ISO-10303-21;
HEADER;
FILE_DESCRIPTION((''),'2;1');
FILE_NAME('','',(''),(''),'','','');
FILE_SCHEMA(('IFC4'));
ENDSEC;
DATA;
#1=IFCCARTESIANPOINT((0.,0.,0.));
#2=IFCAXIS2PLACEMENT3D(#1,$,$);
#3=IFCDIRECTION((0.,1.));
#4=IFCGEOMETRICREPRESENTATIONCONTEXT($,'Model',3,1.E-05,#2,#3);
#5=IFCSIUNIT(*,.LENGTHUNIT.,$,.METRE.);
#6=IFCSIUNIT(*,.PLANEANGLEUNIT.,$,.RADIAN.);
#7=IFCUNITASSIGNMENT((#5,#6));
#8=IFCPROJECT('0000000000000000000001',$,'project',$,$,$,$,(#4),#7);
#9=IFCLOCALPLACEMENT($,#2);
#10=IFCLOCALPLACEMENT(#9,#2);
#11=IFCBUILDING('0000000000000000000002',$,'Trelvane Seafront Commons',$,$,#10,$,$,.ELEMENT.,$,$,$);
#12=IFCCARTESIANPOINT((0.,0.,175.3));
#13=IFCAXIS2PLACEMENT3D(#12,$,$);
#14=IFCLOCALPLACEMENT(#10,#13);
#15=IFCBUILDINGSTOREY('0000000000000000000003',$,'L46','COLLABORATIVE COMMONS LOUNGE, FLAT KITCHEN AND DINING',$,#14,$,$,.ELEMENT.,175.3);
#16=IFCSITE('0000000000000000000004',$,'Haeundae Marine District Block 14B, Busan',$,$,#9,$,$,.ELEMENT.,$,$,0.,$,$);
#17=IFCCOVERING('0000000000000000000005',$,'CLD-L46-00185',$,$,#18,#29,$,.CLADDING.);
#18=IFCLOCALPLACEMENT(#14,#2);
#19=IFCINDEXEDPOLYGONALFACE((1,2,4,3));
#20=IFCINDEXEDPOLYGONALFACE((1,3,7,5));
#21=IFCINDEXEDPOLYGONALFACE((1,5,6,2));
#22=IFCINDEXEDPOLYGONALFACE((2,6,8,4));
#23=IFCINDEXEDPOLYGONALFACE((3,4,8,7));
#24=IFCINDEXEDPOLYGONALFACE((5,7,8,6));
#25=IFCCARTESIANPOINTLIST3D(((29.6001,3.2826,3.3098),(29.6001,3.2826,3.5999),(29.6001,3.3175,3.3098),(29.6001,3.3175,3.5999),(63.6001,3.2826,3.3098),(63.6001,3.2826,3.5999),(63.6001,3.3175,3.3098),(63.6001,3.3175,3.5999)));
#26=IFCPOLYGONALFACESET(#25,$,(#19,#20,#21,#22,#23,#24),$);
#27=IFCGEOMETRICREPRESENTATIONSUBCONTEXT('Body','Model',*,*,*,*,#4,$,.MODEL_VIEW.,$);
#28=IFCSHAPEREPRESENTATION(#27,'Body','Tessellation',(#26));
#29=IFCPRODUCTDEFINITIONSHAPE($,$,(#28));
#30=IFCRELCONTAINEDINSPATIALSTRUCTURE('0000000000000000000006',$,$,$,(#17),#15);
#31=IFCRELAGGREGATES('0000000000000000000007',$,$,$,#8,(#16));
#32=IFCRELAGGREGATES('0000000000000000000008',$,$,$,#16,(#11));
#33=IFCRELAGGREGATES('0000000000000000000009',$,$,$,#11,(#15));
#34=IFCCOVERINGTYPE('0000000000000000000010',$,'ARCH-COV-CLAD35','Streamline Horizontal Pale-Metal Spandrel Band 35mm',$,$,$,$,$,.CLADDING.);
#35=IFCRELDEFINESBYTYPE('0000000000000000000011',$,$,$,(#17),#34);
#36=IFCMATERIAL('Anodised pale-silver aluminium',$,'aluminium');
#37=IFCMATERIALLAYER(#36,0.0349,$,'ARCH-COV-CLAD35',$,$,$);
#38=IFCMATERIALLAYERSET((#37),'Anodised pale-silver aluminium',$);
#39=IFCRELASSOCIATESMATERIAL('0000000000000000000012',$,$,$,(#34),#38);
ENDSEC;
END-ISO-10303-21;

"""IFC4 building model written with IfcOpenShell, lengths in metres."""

from ifc_helpers import new_model, si_unit, direction, frame, origin, origin_2d, place, context, subcontext, project, spatial, rectangle, extrude, source, transform, mapped, material, layer, layer_set, type_object, element, save


model = new_model("IFC4")

# Units and contexts
model_context = context("Model", 3, precision=1e-05, world=origin(), true_north=direction((0.0, 1.0)))
body_context = subcontext(model_context, "Body", "Model", "MODEL_VIEW")
ifc_project = project(units=[si_unit("LENGTHUNIT", "METRE"), si_unit("PLANEANGLEUNIT", "RADIAN")], contexts=[model_context])

# Site, building, storey
site_placement = place(None, origin())
site = spatial("IfcSite", under=ifc_project, at=site_placement, Name="Haeundae Marine District Block 14B, Busan", CompositionType="ELEMENT", RefElevation=0.0)
building_placement = place(site_placement, origin())
building = spatial("IfcBuilding", under=site, at=building_placement, Name="Trelvane Seafront Commons", CompositionType="ELEMENT")
storey_placement = place(building_placement, frame((0.0, 0.0, 175.3)))
storey = spatial("IfcBuildingStorey", under=building, at=storey_placement, Name="L46", Description="COLLABORATIVE COMMONS LOUNGE, FLAT KITCHEN AND DINING", CompositionType="ELEMENT", Elevation=175.3)

# Shared definitions
ifc_material_1 = material(Name="Anodised pale-silver aluminium", Category="aluminium")

# Covering
ifc_layer_1 = layer(ifc_material_1, 0.0349, Name="ARCH-COV-CLAD35")
ifc_layer_set_1 = layer_set([ifc_layer_1], Name="Anodised pale-silver aluminium")
covering_type = type_object("IfcCoveringType", Name="ARCH-COV-CLAD35", Description="Streamline Horizontal Pale-Metal Spandrel Band 35mm", PredefinedType="CLADDING", material=ifc_layer_set_1)
shared_shape_1 = source(origin(), body_context, "Body", "SweptSolid", [
    extrude(rectangle(XDim=34.0, YDim=0.0349, at=origin_2d()), origin(), (0.0, 0.0, 1.0), 0.29),
])
covering_placement = place(storey_placement, frame((46.6001, 3.3, 3.3098), z_axis=(0.0, 0.0, 1.0), x_axis=(-1.0, 0.0, 0.0)))
element("IfcCovering", 1, at=covering_placement, inside=storey, type_object=covering_type, Name="CLD-L46-00185", PredefinedType="CLADDING", context=body_context, shape_type="MappedRepresentation", body=[
    mapped(shared_shape_1, transform((0.0, 0.0, 0.0), x_axis=(1.0, 0.0, 0.0), y_axis=(0.0, 1.0, 0.0), z_axis=(0.0, 0.0, 1.0), scale=1.0)),
])

save(model, "model.ifc")
